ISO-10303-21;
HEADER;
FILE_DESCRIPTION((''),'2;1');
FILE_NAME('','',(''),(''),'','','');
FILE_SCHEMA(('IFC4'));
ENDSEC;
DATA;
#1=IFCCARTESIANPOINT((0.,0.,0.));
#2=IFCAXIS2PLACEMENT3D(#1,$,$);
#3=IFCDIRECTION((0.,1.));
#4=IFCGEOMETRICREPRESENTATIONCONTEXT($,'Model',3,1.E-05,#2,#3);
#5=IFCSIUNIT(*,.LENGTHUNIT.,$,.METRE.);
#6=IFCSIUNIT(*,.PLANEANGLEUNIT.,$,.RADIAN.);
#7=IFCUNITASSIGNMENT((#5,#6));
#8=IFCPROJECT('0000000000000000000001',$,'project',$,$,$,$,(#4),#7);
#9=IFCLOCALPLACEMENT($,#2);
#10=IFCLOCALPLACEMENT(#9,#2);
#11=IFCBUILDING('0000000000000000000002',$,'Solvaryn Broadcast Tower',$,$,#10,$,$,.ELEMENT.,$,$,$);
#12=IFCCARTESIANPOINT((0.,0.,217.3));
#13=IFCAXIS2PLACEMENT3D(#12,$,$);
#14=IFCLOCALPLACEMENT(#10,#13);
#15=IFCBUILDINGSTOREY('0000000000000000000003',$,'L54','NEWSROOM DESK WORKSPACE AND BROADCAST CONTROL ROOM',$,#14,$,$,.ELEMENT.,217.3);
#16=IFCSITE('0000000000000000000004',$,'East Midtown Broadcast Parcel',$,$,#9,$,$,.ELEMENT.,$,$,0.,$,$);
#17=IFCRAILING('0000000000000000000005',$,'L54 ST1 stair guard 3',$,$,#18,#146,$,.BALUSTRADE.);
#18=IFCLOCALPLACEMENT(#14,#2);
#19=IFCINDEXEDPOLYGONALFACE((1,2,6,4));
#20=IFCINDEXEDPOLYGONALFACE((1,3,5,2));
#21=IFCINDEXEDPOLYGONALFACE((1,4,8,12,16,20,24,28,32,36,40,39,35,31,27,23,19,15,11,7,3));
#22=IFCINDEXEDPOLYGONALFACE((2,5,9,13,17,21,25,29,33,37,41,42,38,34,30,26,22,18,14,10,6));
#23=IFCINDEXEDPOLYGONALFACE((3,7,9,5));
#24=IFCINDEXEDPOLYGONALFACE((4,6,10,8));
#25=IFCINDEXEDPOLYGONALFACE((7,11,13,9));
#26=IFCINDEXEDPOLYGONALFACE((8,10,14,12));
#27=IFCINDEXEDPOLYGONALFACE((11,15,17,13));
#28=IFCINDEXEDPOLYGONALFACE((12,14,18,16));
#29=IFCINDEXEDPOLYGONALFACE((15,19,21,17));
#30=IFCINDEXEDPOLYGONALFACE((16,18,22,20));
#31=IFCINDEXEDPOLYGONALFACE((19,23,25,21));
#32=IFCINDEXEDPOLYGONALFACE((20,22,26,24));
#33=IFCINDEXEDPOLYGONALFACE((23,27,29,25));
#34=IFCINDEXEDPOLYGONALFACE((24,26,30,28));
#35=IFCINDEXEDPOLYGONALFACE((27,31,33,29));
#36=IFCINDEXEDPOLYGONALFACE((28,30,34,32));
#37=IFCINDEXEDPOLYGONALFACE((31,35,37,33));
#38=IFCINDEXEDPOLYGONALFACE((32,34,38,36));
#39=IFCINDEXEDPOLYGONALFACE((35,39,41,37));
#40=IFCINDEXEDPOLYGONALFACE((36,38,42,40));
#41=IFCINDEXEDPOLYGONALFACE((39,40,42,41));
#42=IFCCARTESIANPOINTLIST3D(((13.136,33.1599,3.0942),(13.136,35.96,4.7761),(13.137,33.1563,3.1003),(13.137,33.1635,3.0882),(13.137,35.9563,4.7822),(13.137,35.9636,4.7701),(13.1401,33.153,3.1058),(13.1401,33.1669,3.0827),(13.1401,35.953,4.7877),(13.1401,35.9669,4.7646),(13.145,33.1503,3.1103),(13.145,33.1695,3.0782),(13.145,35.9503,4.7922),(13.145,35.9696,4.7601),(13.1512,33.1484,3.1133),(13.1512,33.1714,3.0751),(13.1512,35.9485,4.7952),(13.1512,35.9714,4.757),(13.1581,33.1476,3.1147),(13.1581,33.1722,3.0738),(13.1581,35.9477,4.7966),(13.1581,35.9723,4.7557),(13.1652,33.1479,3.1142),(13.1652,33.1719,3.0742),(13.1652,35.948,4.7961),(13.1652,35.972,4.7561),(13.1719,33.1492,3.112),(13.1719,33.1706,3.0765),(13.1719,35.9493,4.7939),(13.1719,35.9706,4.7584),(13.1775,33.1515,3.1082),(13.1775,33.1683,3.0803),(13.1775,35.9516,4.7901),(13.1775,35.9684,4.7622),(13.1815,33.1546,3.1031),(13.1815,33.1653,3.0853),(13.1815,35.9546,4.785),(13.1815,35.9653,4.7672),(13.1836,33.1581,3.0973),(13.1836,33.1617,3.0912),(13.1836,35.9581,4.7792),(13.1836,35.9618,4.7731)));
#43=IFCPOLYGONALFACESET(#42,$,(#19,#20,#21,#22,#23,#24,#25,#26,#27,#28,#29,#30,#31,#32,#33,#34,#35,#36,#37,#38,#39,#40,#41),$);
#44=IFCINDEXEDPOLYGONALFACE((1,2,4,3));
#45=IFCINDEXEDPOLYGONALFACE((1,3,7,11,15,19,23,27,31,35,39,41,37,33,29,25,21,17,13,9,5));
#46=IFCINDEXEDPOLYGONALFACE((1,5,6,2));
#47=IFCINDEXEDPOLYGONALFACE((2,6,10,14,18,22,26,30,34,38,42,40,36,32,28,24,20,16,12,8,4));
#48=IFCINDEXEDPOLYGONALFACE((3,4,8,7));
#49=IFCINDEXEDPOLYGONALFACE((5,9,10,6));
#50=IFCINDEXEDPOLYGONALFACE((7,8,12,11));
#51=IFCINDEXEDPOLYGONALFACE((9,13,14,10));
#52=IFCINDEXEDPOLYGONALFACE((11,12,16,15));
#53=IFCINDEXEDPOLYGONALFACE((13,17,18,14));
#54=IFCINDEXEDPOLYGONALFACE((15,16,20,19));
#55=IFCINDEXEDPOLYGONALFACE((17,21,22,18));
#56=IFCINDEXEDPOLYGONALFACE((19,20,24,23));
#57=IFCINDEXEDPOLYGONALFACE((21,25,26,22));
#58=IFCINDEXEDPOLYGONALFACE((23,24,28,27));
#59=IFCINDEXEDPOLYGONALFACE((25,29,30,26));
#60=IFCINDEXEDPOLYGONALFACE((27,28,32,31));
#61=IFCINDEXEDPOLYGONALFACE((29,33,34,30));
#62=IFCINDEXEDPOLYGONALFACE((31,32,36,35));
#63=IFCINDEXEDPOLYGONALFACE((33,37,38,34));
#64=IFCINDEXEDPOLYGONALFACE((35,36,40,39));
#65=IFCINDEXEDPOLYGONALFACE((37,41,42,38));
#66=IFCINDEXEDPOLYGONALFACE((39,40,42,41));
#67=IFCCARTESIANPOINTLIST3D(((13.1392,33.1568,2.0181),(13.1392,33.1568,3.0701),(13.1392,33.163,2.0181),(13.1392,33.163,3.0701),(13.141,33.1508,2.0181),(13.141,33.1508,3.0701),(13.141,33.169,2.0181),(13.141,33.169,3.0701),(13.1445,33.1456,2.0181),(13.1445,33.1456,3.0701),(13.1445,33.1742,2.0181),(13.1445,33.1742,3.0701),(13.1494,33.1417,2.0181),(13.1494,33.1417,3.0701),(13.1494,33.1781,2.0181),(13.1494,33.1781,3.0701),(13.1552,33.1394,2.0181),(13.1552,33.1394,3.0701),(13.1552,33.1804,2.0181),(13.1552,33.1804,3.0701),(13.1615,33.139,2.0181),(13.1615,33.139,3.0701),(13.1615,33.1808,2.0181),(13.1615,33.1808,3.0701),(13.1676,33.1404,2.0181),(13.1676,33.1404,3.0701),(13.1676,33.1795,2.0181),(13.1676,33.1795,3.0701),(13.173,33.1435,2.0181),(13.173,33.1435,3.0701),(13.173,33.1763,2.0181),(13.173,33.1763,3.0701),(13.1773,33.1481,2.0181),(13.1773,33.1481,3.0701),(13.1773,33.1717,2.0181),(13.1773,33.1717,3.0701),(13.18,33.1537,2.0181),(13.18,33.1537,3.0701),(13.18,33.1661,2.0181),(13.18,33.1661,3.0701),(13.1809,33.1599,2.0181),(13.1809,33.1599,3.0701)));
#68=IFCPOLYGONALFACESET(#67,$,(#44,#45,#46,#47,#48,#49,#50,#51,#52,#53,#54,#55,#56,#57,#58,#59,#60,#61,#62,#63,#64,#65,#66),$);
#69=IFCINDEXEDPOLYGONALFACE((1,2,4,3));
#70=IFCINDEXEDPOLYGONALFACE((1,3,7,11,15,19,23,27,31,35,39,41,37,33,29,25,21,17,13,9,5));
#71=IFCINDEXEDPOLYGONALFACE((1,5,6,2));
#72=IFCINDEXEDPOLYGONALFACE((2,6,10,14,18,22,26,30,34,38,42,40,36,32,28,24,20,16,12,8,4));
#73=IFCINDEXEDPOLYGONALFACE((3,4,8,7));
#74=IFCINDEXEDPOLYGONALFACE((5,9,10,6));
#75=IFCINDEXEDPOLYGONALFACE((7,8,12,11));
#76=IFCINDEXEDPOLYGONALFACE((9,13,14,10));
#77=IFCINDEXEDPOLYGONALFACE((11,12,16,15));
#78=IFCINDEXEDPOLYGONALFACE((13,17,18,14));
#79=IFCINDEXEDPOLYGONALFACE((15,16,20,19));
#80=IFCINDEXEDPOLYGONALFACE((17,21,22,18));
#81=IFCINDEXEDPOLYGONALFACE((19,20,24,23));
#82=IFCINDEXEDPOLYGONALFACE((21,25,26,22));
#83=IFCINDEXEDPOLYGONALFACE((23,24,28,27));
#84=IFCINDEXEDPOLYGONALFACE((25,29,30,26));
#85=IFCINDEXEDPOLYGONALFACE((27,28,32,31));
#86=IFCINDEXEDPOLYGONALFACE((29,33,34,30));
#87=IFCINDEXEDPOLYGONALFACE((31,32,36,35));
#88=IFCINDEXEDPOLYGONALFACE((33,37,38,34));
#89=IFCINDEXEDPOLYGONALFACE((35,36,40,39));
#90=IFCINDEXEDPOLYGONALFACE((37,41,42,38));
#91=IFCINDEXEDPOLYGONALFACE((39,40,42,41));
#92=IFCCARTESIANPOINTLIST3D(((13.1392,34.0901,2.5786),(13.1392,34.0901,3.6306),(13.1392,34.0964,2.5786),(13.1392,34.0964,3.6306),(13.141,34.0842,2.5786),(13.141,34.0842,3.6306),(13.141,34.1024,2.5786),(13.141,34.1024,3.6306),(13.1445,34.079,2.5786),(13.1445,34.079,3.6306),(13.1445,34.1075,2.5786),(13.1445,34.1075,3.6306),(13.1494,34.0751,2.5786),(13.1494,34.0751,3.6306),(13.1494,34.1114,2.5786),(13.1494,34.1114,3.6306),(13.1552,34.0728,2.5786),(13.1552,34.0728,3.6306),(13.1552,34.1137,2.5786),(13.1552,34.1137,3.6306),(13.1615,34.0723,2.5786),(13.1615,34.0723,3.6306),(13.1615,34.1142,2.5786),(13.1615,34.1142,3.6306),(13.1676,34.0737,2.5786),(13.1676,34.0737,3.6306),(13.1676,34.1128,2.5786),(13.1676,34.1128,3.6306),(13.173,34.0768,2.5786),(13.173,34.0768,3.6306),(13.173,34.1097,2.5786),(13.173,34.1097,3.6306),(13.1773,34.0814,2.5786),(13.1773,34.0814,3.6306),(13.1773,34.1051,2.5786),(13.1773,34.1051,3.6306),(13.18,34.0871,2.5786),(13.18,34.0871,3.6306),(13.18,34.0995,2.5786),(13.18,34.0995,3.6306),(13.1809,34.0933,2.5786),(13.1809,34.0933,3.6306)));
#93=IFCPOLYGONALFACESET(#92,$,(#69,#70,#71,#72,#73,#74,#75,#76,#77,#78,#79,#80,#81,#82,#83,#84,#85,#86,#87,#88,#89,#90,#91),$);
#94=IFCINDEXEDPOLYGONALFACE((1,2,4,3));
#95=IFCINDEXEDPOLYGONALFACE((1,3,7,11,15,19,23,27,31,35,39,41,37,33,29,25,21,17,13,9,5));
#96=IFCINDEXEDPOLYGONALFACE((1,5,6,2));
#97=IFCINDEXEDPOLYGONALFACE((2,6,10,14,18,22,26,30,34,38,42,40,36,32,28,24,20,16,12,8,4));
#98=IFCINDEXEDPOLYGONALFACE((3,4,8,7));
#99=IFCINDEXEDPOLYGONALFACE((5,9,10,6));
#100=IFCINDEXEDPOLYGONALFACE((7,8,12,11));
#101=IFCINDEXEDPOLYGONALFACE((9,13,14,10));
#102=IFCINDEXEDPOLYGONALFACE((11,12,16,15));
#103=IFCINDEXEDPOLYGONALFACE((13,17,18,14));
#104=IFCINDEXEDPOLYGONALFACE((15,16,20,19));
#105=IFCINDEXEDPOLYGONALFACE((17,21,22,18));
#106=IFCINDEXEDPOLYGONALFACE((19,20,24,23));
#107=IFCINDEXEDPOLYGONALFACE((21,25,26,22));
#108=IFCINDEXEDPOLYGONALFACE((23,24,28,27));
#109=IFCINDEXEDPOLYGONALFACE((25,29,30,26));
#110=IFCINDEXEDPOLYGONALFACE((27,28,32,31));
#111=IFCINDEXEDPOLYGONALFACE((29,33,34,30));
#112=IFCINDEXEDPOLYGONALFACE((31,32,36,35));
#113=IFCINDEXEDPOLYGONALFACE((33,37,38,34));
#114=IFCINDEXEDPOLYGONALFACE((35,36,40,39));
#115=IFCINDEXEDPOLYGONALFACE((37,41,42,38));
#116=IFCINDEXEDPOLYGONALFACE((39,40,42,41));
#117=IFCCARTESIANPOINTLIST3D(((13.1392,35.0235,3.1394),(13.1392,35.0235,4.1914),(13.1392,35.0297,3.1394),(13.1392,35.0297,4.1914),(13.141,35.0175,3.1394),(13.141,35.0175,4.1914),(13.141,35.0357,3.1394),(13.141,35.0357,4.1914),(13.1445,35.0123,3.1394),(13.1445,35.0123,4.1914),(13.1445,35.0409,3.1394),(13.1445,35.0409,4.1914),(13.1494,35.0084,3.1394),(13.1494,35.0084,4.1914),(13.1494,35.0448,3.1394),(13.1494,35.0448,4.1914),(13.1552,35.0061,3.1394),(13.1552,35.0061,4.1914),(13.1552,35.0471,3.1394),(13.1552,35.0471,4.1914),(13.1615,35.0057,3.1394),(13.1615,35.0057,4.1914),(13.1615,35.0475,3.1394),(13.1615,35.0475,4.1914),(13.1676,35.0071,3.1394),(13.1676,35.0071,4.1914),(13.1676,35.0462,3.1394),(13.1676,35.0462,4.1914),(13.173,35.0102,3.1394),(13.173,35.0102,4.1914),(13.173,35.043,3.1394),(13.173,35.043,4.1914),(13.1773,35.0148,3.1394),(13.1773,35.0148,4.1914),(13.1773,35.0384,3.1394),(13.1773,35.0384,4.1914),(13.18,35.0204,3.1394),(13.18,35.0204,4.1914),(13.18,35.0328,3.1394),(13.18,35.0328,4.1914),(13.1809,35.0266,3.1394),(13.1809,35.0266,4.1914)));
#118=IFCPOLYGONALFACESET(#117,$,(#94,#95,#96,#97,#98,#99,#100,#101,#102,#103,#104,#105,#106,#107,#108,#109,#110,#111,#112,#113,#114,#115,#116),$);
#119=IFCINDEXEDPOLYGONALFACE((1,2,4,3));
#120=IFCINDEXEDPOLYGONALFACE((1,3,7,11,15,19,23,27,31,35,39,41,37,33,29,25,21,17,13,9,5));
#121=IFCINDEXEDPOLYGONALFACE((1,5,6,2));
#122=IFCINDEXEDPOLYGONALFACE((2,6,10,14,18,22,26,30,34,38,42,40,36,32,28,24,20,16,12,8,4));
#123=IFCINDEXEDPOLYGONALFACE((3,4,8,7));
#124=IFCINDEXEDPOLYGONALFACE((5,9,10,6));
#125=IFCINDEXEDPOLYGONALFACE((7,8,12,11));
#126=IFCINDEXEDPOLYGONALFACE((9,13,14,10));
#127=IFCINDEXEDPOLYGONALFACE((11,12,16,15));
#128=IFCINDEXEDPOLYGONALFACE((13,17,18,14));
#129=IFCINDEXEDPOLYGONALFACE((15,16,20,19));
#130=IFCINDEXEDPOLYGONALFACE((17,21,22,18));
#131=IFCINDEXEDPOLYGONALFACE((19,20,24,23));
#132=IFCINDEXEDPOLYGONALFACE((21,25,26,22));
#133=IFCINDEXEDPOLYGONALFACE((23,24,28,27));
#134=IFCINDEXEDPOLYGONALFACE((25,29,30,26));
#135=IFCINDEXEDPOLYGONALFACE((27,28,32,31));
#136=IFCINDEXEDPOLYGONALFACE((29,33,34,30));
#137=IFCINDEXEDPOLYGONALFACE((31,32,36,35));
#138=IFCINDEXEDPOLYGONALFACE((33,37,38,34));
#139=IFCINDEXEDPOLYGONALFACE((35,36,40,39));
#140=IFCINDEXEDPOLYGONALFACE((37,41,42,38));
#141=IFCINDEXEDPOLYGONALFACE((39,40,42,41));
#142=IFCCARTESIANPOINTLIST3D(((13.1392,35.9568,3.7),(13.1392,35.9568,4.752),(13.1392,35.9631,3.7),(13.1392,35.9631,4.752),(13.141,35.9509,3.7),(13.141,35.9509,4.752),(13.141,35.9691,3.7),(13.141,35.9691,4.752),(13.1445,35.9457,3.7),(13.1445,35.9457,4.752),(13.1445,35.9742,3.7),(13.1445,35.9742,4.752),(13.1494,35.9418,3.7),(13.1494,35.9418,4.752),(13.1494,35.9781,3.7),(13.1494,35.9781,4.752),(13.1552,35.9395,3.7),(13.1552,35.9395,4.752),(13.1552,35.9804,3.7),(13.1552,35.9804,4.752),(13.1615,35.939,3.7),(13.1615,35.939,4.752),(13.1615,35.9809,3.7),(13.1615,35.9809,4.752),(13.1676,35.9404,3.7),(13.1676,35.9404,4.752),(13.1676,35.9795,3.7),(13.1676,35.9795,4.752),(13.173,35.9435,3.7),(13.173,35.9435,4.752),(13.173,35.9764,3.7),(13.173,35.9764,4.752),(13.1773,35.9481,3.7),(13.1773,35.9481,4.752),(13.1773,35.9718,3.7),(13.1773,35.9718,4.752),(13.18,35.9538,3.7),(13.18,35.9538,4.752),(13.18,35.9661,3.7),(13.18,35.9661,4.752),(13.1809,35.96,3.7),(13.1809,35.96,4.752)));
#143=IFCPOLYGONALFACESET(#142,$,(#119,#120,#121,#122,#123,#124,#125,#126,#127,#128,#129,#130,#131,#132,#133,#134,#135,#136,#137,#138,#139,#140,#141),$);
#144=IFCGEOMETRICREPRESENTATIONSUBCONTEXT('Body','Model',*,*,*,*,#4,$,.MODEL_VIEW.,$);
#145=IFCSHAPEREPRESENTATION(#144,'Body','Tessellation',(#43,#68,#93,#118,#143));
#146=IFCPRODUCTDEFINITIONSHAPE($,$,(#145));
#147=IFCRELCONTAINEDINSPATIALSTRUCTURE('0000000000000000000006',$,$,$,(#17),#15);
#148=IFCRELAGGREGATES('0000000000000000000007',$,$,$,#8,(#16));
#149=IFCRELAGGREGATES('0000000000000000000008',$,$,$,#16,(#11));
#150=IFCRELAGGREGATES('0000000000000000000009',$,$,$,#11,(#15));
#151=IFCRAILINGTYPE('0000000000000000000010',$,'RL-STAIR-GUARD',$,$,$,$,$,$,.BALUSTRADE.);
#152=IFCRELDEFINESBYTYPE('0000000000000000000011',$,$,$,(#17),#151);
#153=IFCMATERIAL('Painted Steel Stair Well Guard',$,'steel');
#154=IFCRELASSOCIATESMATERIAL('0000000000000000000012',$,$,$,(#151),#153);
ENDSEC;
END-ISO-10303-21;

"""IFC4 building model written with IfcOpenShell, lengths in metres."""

from ifc_helpers import new_model, si_unit, direction, frame, origin, origin_2d, place, context, subcontext, project, spatial, circle, extrude, material, type_object, element, save


model = new_model("IFC4")

# Units and contexts
model_context = context("Model", 3, precision=1e-05, world=origin(), true_north=direction((0.0, 1.0)))
body_context = subcontext(model_context, "Body", "Model", "MODEL_VIEW")
ifc_project = project(units=[si_unit("LENGTHUNIT", "METRE"), si_unit("PLANEANGLEUNIT", "RADIAN")], contexts=[model_context])

# Site, building, storey
site_placement = place(None, origin())
site = spatial("IfcSite", under=ifc_project, at=site_placement, Name="East Midtown Broadcast Parcel", CompositionType="ELEMENT", RefElevation=0.0)
building_placement = place(site_placement, origin())
building = spatial("IfcBuilding", under=site, at=building_placement, Name="Solvaryn Broadcast Tower", CompositionType="ELEMENT")
storey_placement = place(building_placement, frame((0.0, 0.0, 217.3)))
storey = spatial("IfcBuildingStorey", under=building, at=storey_placement, Name="L54", Description="NEWSROOM DESK WORKSPACE AND BROADCAST CONTROL ROOM", CompositionType="ELEMENT", Elevation=217.3)

# Railing
ifc_material_1 = material(Name="Painted Steel Stair Well Guard", Category="steel")
railing_type_1 = type_object("IfcRailingType", Name="RL-STAIR-GUARD", PredefinedType="BALUSTRADE", material=ifc_material_1)
railing_1_placement = place(storey_placement, frame((13.1599, 33.1599, 2.0181)))
element("IfcRailing", 1, at=railing_1_placement, inside=storey, type_object=railing_type_1, Name="L54 ST1 stair guard 3", PredefinedType="BALUSTRADE", context=body_context, shape_type="SweptSolid", body=[
    extrude(circle(Radius=0.0239, at=origin_2d()), frame((0.0, 0.0, 1.0762), z_axis=(0.0, 0.857242, 0.514913), x_axis=(-1.0, 0.0, 0.0)), (0.0, 0.0, 1.0), 3.2664),
    extrude(circle(Radius=0.021, at=origin_2d()), origin(), (0.0, 0.0, 1.0), 1.052),
    extrude(circle(Radius=0.021, at=origin_2d()), frame((0.0, 0.9333, 0.5605)), (0.0, 0.0, 1.0), 1.052),
    extrude(circle(Radius=0.021, at=origin_2d()), frame((0.0, 1.8667, 1.1213)), (0.0, 0.0, 1.0), 1.052),
    extrude(circle(Radius=0.021, at=origin_2d()), frame((0.0, 2.8, 1.6819)), (0.0, 0.0, 1.0), 1.052),
])

save(model, "model.ifc")
